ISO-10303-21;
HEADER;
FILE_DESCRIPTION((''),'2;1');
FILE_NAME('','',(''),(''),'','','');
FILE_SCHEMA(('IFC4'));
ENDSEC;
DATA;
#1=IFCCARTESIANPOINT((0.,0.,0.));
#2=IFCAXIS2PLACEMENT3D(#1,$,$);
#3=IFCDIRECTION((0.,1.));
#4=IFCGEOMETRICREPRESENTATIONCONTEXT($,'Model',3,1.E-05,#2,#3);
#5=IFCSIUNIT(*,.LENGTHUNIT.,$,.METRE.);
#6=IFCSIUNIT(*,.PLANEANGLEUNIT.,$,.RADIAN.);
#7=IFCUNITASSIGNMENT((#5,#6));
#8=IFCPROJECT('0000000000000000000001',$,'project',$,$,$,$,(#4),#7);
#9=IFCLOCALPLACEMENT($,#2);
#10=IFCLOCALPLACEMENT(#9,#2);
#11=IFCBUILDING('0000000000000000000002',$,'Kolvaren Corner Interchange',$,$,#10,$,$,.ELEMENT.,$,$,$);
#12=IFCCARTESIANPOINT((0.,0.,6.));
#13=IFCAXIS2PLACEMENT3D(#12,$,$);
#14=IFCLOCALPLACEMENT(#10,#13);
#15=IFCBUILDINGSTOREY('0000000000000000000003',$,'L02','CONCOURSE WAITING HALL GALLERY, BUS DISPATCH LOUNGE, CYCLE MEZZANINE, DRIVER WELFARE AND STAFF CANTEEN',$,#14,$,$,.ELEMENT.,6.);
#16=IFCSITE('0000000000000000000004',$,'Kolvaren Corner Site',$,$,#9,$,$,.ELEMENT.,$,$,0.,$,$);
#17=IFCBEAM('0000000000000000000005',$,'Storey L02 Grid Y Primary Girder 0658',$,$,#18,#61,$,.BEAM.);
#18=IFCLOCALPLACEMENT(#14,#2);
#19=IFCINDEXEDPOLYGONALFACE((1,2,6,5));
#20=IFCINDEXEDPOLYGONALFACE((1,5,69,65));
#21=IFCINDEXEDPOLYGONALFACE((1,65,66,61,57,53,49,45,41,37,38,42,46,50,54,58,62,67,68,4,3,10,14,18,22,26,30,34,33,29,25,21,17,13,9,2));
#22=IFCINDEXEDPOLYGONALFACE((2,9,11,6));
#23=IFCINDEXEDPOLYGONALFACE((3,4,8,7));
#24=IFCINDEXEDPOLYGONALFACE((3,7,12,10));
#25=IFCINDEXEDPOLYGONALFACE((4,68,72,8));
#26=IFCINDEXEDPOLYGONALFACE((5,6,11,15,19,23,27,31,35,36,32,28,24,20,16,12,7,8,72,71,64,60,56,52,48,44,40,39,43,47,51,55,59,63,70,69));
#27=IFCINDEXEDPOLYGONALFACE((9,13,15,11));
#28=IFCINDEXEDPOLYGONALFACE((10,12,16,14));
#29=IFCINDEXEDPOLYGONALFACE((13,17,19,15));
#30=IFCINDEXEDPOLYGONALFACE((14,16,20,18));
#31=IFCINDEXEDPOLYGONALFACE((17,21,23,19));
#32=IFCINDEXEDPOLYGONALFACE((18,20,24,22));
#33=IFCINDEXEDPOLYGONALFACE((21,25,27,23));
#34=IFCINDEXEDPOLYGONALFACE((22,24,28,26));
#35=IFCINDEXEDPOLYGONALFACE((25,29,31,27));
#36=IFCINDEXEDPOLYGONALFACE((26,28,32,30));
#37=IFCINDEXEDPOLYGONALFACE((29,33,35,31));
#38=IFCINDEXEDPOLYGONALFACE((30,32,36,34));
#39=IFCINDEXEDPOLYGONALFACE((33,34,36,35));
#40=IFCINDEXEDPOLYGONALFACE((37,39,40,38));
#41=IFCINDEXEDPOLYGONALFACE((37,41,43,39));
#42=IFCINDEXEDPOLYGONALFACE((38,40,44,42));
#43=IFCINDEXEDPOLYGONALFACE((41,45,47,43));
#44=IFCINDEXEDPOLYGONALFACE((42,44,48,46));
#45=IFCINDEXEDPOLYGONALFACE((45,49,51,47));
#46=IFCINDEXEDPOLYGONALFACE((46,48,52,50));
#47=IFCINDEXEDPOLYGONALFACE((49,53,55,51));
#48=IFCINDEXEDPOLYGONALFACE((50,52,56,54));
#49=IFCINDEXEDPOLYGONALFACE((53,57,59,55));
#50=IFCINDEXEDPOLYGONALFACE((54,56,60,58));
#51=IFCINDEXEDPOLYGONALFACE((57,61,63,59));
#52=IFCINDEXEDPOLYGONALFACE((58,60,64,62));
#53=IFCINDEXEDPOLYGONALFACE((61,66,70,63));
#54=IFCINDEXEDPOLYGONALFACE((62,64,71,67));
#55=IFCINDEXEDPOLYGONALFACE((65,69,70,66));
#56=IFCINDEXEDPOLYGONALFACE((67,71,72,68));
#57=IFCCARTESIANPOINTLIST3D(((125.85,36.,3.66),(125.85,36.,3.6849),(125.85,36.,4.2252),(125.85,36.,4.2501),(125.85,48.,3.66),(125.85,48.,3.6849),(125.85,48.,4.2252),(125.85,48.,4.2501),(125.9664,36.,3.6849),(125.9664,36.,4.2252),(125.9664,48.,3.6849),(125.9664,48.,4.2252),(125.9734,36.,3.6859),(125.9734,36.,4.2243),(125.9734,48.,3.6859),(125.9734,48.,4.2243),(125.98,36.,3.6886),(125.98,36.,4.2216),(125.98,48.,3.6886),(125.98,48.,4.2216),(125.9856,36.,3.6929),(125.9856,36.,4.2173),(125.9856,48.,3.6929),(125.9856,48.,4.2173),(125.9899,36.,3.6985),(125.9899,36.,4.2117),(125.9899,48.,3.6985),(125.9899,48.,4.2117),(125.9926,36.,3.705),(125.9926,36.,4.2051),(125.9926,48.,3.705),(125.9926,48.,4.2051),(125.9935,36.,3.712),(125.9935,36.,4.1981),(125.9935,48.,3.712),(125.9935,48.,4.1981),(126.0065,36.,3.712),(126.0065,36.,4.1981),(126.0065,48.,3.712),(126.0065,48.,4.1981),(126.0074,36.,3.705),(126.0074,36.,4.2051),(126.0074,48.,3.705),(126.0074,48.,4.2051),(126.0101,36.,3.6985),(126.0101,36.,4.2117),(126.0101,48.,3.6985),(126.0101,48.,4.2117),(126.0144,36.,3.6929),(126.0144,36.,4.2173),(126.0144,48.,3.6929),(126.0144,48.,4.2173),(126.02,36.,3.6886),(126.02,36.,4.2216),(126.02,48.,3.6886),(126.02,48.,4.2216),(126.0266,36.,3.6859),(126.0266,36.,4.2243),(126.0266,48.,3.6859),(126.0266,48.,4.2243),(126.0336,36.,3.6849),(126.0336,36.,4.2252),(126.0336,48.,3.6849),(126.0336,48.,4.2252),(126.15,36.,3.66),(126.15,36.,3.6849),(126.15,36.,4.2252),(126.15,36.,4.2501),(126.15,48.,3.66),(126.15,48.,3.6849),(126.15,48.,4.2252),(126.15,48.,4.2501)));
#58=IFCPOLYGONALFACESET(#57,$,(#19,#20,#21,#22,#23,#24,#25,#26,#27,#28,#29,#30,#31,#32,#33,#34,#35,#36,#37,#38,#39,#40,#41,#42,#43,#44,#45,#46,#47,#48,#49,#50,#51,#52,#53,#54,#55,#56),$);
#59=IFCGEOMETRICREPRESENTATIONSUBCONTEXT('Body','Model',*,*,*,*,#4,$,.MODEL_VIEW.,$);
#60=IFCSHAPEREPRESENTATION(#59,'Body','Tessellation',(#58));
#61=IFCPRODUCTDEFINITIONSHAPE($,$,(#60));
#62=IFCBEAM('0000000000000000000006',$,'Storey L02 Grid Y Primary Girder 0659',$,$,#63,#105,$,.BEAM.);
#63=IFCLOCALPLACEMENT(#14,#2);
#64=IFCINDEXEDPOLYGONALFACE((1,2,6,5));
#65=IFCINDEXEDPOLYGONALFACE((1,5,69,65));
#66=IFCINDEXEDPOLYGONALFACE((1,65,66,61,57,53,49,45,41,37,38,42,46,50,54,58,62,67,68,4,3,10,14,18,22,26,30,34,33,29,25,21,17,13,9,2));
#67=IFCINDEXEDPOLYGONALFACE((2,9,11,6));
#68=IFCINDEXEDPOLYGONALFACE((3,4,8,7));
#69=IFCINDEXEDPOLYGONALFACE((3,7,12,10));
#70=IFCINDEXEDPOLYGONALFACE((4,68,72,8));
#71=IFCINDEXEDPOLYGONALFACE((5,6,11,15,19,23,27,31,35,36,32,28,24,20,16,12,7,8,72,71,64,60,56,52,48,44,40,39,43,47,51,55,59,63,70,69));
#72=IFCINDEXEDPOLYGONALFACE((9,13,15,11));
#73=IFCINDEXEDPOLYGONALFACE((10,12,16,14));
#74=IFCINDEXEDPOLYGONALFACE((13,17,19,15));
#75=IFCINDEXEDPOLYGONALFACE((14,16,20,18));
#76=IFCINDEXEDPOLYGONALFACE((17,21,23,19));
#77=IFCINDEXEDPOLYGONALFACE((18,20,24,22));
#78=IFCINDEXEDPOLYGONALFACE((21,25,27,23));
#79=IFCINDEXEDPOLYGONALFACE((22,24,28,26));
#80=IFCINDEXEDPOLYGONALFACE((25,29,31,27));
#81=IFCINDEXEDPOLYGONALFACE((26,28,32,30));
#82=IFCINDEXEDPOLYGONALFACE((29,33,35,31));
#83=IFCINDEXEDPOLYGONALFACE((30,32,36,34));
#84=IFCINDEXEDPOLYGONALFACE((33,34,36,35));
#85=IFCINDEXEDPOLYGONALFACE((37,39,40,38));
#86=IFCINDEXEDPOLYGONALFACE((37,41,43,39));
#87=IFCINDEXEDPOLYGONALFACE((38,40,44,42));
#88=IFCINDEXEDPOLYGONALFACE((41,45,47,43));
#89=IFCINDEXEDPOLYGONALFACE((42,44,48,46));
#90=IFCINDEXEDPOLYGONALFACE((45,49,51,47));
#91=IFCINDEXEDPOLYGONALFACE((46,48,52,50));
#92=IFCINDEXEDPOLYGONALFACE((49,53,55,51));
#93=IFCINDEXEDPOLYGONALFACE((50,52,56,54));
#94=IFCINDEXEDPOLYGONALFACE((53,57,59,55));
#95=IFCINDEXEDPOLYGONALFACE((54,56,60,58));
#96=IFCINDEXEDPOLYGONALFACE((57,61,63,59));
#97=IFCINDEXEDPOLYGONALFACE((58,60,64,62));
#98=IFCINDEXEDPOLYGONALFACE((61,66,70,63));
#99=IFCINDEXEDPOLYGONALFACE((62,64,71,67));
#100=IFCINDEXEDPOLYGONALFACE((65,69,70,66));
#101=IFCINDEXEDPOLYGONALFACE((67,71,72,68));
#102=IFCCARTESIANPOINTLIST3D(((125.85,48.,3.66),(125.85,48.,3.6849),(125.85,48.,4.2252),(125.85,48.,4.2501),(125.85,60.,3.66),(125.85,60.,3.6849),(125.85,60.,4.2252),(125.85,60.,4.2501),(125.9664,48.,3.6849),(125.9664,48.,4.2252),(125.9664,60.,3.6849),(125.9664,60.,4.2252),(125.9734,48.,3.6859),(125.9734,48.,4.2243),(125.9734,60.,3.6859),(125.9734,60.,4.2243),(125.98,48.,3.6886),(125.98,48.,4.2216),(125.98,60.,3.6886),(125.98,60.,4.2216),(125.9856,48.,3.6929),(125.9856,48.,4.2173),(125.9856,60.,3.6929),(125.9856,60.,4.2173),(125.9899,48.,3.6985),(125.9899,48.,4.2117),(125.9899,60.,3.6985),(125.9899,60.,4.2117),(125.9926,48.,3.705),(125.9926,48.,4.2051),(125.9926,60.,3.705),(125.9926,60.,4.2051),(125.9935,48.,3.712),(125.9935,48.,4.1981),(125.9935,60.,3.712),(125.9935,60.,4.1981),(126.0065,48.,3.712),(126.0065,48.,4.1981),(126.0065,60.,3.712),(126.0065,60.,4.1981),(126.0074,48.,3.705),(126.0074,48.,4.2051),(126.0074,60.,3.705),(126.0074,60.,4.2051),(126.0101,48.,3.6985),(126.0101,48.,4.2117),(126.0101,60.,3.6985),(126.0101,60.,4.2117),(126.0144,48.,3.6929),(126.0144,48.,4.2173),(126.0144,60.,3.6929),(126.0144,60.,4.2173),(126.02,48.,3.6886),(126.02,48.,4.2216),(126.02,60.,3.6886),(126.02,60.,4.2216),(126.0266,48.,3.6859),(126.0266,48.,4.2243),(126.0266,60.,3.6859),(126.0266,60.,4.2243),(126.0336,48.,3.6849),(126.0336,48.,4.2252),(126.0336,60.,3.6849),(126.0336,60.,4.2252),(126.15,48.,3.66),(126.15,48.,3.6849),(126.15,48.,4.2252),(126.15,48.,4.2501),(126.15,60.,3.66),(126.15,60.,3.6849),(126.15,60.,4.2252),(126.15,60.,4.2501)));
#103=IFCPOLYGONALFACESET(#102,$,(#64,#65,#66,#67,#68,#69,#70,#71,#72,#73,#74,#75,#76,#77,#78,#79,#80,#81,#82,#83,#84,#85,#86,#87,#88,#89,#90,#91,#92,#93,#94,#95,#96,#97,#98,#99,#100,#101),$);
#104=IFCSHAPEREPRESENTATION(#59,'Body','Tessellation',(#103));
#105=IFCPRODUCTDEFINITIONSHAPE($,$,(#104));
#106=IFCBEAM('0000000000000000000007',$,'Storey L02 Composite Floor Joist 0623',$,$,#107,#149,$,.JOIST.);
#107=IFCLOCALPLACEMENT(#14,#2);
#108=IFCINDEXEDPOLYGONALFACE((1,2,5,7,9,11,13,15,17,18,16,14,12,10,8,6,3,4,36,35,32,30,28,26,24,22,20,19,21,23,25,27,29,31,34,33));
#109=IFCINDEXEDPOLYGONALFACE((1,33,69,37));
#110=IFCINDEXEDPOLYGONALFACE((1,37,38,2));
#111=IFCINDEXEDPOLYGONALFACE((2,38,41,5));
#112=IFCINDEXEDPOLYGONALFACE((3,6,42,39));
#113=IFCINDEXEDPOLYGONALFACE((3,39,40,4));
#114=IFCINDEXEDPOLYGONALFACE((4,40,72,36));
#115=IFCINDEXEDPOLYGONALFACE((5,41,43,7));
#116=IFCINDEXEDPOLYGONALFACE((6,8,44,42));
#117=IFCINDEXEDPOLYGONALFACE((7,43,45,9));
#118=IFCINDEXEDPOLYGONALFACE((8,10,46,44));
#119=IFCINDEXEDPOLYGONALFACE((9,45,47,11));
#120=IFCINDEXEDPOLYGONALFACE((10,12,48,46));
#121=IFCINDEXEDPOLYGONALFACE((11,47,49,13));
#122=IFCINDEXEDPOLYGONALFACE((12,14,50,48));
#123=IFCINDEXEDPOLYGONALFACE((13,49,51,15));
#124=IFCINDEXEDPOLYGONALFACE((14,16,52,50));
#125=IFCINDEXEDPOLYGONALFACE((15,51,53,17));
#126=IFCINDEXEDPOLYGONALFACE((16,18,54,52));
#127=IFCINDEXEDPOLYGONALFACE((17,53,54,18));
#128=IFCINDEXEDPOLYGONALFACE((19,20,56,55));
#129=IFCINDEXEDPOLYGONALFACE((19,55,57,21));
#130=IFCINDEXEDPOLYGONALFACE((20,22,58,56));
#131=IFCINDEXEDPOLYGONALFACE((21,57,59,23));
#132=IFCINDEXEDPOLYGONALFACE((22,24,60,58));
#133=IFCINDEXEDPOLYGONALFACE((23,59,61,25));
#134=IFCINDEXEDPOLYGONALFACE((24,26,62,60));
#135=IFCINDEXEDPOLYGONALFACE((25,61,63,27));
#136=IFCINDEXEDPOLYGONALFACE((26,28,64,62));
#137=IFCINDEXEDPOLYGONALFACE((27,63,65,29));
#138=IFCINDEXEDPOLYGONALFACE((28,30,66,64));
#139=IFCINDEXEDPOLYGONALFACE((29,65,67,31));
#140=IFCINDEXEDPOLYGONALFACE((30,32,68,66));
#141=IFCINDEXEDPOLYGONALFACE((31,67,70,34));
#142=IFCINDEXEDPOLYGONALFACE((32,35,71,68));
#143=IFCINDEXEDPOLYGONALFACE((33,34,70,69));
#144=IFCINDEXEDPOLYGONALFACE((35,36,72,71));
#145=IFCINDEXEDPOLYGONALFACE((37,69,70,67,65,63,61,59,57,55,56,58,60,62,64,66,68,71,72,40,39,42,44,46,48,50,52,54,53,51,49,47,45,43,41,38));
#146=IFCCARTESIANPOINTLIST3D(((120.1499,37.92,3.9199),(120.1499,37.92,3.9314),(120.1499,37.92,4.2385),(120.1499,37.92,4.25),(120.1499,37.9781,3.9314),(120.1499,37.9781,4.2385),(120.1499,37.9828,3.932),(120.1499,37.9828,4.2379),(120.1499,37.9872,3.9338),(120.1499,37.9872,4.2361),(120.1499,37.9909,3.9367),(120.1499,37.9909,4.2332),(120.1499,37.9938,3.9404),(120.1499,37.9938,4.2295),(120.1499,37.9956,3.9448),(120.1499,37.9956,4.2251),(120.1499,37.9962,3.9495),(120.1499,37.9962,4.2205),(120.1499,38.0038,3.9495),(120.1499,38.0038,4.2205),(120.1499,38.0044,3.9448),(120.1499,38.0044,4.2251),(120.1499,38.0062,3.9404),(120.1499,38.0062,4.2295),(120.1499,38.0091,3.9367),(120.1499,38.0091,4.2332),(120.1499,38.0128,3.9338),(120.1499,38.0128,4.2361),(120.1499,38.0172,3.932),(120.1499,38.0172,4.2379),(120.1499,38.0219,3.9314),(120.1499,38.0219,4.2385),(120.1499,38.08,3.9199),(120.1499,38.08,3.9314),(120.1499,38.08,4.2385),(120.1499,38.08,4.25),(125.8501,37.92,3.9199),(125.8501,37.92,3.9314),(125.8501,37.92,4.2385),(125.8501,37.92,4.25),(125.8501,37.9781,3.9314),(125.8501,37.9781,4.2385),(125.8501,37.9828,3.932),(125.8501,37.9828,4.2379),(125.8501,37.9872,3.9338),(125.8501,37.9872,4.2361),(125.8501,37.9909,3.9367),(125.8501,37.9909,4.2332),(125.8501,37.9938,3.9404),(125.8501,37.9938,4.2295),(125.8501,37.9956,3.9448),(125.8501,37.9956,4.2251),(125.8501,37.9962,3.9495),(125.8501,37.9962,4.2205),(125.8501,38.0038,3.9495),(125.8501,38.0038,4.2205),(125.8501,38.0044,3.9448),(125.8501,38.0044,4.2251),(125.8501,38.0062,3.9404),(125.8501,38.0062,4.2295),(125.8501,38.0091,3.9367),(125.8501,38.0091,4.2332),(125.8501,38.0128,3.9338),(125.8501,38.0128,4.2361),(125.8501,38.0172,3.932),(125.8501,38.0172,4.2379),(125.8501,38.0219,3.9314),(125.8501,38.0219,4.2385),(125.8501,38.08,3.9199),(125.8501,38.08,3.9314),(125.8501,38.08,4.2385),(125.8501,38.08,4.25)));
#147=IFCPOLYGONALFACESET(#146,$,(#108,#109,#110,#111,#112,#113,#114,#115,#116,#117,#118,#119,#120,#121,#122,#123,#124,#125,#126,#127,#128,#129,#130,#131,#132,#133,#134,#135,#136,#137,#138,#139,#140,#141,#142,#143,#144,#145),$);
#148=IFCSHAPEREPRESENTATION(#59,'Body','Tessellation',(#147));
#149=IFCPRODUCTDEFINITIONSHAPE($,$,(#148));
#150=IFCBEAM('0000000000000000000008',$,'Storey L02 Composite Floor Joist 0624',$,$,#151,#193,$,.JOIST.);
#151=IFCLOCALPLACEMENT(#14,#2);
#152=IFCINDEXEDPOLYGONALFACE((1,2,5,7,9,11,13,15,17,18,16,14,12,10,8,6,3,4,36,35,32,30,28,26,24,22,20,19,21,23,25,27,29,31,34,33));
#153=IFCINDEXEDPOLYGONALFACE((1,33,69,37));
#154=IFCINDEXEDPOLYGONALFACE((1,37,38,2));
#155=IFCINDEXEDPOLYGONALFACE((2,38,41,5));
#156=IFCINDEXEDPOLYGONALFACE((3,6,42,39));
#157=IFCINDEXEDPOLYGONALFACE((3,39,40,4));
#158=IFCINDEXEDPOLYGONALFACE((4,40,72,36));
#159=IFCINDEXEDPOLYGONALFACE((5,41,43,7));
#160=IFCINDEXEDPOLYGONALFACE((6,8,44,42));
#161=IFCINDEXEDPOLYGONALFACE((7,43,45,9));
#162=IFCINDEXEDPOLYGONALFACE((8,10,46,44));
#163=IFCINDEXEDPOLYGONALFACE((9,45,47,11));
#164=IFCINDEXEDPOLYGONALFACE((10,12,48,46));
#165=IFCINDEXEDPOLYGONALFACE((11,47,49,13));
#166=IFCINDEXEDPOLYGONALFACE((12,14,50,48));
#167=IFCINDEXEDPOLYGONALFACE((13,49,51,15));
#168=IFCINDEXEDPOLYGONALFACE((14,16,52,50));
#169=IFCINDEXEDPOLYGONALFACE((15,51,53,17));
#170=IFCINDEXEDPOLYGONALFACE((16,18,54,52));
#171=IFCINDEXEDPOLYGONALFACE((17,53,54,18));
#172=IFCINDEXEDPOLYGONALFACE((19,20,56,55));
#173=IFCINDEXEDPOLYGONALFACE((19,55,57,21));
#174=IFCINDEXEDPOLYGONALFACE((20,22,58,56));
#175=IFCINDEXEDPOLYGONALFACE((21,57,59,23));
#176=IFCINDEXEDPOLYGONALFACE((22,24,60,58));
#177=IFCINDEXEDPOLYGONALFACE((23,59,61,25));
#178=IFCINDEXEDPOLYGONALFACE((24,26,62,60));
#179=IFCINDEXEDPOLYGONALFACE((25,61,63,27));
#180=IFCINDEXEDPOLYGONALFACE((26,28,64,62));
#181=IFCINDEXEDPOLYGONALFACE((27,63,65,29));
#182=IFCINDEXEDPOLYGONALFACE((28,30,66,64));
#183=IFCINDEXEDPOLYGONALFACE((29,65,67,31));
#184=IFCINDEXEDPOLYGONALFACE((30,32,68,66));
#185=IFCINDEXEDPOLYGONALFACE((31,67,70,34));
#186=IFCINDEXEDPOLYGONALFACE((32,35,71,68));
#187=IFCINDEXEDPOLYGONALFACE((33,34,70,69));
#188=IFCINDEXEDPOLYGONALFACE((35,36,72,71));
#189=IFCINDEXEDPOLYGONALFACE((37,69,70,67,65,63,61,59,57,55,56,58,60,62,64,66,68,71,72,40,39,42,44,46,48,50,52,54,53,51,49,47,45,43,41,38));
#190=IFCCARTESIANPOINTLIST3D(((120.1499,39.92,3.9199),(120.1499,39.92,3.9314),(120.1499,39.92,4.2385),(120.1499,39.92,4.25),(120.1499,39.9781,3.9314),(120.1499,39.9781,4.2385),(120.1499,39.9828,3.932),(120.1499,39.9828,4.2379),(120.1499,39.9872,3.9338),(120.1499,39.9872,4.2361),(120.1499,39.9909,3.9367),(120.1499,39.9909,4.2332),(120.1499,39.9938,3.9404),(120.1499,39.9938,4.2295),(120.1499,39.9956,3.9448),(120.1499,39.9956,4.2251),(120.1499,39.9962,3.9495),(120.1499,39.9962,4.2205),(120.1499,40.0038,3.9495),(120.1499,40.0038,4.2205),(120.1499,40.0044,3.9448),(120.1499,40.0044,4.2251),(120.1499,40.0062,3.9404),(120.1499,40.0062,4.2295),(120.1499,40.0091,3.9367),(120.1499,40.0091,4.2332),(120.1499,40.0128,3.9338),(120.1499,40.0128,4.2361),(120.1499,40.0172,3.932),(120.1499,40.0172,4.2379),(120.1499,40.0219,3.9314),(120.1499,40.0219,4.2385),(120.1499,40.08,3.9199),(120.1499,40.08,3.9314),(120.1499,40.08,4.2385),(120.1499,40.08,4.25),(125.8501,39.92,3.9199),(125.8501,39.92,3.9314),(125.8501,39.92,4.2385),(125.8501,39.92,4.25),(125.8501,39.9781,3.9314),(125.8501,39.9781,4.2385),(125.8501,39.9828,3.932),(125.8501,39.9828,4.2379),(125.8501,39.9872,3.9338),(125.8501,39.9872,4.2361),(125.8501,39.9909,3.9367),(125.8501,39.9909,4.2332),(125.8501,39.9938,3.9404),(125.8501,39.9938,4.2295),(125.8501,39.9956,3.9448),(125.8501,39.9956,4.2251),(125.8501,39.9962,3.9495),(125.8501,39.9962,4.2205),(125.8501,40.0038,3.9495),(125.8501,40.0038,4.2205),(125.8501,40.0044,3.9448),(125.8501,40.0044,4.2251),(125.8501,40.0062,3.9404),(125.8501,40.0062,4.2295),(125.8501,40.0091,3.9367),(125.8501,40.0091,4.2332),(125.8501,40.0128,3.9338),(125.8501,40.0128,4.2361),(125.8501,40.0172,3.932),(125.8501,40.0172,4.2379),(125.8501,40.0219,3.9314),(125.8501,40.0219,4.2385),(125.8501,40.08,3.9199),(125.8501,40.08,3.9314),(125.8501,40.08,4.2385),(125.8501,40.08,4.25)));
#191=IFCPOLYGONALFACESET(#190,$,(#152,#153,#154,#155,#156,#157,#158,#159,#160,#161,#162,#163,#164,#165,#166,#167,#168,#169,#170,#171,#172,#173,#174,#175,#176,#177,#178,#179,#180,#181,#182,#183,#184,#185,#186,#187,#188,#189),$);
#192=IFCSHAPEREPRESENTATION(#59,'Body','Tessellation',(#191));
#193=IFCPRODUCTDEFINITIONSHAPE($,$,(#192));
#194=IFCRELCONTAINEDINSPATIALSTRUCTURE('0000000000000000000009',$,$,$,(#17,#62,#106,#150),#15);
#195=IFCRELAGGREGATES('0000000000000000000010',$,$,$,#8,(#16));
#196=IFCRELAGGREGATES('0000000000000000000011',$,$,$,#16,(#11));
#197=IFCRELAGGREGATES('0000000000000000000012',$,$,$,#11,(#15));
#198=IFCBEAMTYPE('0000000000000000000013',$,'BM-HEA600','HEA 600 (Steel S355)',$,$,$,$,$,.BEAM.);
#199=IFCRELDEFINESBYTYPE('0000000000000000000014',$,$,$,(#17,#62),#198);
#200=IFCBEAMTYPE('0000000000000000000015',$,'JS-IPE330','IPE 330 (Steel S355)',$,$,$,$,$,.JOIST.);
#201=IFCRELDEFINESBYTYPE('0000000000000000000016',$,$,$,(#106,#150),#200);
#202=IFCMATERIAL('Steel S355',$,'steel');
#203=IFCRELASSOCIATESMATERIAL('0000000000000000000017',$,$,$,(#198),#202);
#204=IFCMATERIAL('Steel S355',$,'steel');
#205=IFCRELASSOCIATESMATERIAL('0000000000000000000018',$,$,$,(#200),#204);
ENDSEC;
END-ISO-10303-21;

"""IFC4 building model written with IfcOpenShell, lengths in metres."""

from ifc_helpers import new_model, si_unit, direction, frame, origin, origin_2d, place, context, subcontext, project, spatial, i_section, extrude, material, material_profile, profile_set, type_object, element, save


model = new_model("IFC4")

# Units and contexts
model_context = context("Model", 3, precision=1e-05, world=origin(), true_north=direction((0.0, 1.0)))
body_context = subcontext(model_context, "Body", "Model", "MODEL_VIEW")
ifc_project = project(units=[si_unit("LENGTHUNIT", "METRE"), si_unit("PLANEANGLEUNIT", "RADIAN")], contexts=[model_context])

# Site, building, storey
site_placement = place(None, origin())
site = spatial("IfcSite", under=ifc_project, at=site_placement, Name="Kolvaren Corner Site", CompositionType="ELEMENT", RefElevation=0.0)
building_placement = place(site_placement, origin())
building = spatial("IfcBuilding", under=site, at=building_placement, Name="Kolvaren Corner Interchange", CompositionType="ELEMENT")
storey_placement = place(building_placement, frame((0.0, 0.0, 6.0)))
storey = spatial("IfcBuildingStorey", under=building, at=storey_placement, Name="L02", Description="CONCOURSE WAITING HALL GALLERY, BUS DISPATCH LOUNGE, CYCLE MEZZANINE, DRIVER WELFARE AND STAFF CANTEEN", CompositionType="ELEMENT", Elevation=6.0)

# Beams
ifc_material_1 = material(Name="Steel S355", Category="steel")
ifc_material_profile_1 = material_profile(ifc_material_1, i_section(OverallWidth=0.3, OverallDepth=0.5901, WebThickness=0.0129, FlangeThickness=0.0249, FilletRadius=0.0271, at=origin_2d()), Name="HEA 600")
ifc_profile_set_1 = profile_set([ifc_material_profile_1], Name="Steel S355")
beam_type_1 = type_object("IfcBeamType", Name="BM-HEA600", Description="HEA 600 (Steel S355)", PredefinedType="BEAM", material=ifc_profile_set_1)
for number, where, z_axis, x_axis, name in (
    (1, (126.0, 36.0, 3.9551), (0.0, 1.0, 0.0), (-1.0, 0.0, 0.0), "Storey L02 Grid Y Primary Girder 0658"),
    (2, (126.0, 48.0, 3.9551), (0.0, 1.0, 0.0), (-1.0, 0.0, 0.0), "Storey L02 Grid Y Primary Girder 0659"),
):
    element("IfcBeam", number, at=place(storey_placement, frame(where, z_axis=z_axis, x_axis=x_axis)), inside=storey, type_object=beam_type_1, Name=name, PredefinedType="BEAM", context=body_context, shape_type="SweptSolid", body=[
        extrude(i_section(OverallWidth=0.3, OverallDepth=0.5901, WebThickness=0.0129, FlangeThickness=0.0249, FilletRadius=0.0271, at=origin_2d()), origin(), (0.0, 0.0, 1.0), 12.0),
    ])
ifc_material_2 = material(Name="Steel S355", Category="steel")
ifc_material_profile_2 = material_profile(ifc_material_2, i_section(OverallWidth=0.1599, OverallDepth=0.3301, WebThickness=0.0076, FlangeThickness=0.0115, FilletRadius=0.0181, at=origin_2d()), Name="IPE 330")
ifc_profile_set_2 = profile_set([ifc_material_profile_2], Name="Steel S355")
beam_type_2 = type_object("IfcBeamType", Name="JS-IPE330", Description="IPE 330 (Steel S355)", PredefinedType="JOIST", material=ifc_profile_set_2)
for number, where, z_axis, x_axis, name in (
    (3, (120.1499, 38.0, 4.085), (1.0, 0.0, 0.0), (0.0, 1.0, 0.0), "Storey L02 Composite Floor Joist 0623"),
    (4, (120.1499, 40.0, 4.085), (1.0, 0.0, 0.0), (0.0, 1.0, 0.0), "Storey L02 Composite Floor Joist 0624"),
):
    element("IfcBeam", number, at=place(storey_placement, frame(where, z_axis=z_axis, x_axis=x_axis)), inside=storey, type_object=beam_type_2, Name=name, PredefinedType="JOIST", context=body_context, shape_type="SweptSolid", body=[
        extrude(i_section(OverallWidth=0.1599, OverallDepth=0.3301, WebThickness=0.0076, FlangeThickness=0.0115, FilletRadius=0.0181, at=origin_2d()), origin(), (0.0, 0.0, 1.0), 5.7002),
    ])

save(model, "model.ifc")
